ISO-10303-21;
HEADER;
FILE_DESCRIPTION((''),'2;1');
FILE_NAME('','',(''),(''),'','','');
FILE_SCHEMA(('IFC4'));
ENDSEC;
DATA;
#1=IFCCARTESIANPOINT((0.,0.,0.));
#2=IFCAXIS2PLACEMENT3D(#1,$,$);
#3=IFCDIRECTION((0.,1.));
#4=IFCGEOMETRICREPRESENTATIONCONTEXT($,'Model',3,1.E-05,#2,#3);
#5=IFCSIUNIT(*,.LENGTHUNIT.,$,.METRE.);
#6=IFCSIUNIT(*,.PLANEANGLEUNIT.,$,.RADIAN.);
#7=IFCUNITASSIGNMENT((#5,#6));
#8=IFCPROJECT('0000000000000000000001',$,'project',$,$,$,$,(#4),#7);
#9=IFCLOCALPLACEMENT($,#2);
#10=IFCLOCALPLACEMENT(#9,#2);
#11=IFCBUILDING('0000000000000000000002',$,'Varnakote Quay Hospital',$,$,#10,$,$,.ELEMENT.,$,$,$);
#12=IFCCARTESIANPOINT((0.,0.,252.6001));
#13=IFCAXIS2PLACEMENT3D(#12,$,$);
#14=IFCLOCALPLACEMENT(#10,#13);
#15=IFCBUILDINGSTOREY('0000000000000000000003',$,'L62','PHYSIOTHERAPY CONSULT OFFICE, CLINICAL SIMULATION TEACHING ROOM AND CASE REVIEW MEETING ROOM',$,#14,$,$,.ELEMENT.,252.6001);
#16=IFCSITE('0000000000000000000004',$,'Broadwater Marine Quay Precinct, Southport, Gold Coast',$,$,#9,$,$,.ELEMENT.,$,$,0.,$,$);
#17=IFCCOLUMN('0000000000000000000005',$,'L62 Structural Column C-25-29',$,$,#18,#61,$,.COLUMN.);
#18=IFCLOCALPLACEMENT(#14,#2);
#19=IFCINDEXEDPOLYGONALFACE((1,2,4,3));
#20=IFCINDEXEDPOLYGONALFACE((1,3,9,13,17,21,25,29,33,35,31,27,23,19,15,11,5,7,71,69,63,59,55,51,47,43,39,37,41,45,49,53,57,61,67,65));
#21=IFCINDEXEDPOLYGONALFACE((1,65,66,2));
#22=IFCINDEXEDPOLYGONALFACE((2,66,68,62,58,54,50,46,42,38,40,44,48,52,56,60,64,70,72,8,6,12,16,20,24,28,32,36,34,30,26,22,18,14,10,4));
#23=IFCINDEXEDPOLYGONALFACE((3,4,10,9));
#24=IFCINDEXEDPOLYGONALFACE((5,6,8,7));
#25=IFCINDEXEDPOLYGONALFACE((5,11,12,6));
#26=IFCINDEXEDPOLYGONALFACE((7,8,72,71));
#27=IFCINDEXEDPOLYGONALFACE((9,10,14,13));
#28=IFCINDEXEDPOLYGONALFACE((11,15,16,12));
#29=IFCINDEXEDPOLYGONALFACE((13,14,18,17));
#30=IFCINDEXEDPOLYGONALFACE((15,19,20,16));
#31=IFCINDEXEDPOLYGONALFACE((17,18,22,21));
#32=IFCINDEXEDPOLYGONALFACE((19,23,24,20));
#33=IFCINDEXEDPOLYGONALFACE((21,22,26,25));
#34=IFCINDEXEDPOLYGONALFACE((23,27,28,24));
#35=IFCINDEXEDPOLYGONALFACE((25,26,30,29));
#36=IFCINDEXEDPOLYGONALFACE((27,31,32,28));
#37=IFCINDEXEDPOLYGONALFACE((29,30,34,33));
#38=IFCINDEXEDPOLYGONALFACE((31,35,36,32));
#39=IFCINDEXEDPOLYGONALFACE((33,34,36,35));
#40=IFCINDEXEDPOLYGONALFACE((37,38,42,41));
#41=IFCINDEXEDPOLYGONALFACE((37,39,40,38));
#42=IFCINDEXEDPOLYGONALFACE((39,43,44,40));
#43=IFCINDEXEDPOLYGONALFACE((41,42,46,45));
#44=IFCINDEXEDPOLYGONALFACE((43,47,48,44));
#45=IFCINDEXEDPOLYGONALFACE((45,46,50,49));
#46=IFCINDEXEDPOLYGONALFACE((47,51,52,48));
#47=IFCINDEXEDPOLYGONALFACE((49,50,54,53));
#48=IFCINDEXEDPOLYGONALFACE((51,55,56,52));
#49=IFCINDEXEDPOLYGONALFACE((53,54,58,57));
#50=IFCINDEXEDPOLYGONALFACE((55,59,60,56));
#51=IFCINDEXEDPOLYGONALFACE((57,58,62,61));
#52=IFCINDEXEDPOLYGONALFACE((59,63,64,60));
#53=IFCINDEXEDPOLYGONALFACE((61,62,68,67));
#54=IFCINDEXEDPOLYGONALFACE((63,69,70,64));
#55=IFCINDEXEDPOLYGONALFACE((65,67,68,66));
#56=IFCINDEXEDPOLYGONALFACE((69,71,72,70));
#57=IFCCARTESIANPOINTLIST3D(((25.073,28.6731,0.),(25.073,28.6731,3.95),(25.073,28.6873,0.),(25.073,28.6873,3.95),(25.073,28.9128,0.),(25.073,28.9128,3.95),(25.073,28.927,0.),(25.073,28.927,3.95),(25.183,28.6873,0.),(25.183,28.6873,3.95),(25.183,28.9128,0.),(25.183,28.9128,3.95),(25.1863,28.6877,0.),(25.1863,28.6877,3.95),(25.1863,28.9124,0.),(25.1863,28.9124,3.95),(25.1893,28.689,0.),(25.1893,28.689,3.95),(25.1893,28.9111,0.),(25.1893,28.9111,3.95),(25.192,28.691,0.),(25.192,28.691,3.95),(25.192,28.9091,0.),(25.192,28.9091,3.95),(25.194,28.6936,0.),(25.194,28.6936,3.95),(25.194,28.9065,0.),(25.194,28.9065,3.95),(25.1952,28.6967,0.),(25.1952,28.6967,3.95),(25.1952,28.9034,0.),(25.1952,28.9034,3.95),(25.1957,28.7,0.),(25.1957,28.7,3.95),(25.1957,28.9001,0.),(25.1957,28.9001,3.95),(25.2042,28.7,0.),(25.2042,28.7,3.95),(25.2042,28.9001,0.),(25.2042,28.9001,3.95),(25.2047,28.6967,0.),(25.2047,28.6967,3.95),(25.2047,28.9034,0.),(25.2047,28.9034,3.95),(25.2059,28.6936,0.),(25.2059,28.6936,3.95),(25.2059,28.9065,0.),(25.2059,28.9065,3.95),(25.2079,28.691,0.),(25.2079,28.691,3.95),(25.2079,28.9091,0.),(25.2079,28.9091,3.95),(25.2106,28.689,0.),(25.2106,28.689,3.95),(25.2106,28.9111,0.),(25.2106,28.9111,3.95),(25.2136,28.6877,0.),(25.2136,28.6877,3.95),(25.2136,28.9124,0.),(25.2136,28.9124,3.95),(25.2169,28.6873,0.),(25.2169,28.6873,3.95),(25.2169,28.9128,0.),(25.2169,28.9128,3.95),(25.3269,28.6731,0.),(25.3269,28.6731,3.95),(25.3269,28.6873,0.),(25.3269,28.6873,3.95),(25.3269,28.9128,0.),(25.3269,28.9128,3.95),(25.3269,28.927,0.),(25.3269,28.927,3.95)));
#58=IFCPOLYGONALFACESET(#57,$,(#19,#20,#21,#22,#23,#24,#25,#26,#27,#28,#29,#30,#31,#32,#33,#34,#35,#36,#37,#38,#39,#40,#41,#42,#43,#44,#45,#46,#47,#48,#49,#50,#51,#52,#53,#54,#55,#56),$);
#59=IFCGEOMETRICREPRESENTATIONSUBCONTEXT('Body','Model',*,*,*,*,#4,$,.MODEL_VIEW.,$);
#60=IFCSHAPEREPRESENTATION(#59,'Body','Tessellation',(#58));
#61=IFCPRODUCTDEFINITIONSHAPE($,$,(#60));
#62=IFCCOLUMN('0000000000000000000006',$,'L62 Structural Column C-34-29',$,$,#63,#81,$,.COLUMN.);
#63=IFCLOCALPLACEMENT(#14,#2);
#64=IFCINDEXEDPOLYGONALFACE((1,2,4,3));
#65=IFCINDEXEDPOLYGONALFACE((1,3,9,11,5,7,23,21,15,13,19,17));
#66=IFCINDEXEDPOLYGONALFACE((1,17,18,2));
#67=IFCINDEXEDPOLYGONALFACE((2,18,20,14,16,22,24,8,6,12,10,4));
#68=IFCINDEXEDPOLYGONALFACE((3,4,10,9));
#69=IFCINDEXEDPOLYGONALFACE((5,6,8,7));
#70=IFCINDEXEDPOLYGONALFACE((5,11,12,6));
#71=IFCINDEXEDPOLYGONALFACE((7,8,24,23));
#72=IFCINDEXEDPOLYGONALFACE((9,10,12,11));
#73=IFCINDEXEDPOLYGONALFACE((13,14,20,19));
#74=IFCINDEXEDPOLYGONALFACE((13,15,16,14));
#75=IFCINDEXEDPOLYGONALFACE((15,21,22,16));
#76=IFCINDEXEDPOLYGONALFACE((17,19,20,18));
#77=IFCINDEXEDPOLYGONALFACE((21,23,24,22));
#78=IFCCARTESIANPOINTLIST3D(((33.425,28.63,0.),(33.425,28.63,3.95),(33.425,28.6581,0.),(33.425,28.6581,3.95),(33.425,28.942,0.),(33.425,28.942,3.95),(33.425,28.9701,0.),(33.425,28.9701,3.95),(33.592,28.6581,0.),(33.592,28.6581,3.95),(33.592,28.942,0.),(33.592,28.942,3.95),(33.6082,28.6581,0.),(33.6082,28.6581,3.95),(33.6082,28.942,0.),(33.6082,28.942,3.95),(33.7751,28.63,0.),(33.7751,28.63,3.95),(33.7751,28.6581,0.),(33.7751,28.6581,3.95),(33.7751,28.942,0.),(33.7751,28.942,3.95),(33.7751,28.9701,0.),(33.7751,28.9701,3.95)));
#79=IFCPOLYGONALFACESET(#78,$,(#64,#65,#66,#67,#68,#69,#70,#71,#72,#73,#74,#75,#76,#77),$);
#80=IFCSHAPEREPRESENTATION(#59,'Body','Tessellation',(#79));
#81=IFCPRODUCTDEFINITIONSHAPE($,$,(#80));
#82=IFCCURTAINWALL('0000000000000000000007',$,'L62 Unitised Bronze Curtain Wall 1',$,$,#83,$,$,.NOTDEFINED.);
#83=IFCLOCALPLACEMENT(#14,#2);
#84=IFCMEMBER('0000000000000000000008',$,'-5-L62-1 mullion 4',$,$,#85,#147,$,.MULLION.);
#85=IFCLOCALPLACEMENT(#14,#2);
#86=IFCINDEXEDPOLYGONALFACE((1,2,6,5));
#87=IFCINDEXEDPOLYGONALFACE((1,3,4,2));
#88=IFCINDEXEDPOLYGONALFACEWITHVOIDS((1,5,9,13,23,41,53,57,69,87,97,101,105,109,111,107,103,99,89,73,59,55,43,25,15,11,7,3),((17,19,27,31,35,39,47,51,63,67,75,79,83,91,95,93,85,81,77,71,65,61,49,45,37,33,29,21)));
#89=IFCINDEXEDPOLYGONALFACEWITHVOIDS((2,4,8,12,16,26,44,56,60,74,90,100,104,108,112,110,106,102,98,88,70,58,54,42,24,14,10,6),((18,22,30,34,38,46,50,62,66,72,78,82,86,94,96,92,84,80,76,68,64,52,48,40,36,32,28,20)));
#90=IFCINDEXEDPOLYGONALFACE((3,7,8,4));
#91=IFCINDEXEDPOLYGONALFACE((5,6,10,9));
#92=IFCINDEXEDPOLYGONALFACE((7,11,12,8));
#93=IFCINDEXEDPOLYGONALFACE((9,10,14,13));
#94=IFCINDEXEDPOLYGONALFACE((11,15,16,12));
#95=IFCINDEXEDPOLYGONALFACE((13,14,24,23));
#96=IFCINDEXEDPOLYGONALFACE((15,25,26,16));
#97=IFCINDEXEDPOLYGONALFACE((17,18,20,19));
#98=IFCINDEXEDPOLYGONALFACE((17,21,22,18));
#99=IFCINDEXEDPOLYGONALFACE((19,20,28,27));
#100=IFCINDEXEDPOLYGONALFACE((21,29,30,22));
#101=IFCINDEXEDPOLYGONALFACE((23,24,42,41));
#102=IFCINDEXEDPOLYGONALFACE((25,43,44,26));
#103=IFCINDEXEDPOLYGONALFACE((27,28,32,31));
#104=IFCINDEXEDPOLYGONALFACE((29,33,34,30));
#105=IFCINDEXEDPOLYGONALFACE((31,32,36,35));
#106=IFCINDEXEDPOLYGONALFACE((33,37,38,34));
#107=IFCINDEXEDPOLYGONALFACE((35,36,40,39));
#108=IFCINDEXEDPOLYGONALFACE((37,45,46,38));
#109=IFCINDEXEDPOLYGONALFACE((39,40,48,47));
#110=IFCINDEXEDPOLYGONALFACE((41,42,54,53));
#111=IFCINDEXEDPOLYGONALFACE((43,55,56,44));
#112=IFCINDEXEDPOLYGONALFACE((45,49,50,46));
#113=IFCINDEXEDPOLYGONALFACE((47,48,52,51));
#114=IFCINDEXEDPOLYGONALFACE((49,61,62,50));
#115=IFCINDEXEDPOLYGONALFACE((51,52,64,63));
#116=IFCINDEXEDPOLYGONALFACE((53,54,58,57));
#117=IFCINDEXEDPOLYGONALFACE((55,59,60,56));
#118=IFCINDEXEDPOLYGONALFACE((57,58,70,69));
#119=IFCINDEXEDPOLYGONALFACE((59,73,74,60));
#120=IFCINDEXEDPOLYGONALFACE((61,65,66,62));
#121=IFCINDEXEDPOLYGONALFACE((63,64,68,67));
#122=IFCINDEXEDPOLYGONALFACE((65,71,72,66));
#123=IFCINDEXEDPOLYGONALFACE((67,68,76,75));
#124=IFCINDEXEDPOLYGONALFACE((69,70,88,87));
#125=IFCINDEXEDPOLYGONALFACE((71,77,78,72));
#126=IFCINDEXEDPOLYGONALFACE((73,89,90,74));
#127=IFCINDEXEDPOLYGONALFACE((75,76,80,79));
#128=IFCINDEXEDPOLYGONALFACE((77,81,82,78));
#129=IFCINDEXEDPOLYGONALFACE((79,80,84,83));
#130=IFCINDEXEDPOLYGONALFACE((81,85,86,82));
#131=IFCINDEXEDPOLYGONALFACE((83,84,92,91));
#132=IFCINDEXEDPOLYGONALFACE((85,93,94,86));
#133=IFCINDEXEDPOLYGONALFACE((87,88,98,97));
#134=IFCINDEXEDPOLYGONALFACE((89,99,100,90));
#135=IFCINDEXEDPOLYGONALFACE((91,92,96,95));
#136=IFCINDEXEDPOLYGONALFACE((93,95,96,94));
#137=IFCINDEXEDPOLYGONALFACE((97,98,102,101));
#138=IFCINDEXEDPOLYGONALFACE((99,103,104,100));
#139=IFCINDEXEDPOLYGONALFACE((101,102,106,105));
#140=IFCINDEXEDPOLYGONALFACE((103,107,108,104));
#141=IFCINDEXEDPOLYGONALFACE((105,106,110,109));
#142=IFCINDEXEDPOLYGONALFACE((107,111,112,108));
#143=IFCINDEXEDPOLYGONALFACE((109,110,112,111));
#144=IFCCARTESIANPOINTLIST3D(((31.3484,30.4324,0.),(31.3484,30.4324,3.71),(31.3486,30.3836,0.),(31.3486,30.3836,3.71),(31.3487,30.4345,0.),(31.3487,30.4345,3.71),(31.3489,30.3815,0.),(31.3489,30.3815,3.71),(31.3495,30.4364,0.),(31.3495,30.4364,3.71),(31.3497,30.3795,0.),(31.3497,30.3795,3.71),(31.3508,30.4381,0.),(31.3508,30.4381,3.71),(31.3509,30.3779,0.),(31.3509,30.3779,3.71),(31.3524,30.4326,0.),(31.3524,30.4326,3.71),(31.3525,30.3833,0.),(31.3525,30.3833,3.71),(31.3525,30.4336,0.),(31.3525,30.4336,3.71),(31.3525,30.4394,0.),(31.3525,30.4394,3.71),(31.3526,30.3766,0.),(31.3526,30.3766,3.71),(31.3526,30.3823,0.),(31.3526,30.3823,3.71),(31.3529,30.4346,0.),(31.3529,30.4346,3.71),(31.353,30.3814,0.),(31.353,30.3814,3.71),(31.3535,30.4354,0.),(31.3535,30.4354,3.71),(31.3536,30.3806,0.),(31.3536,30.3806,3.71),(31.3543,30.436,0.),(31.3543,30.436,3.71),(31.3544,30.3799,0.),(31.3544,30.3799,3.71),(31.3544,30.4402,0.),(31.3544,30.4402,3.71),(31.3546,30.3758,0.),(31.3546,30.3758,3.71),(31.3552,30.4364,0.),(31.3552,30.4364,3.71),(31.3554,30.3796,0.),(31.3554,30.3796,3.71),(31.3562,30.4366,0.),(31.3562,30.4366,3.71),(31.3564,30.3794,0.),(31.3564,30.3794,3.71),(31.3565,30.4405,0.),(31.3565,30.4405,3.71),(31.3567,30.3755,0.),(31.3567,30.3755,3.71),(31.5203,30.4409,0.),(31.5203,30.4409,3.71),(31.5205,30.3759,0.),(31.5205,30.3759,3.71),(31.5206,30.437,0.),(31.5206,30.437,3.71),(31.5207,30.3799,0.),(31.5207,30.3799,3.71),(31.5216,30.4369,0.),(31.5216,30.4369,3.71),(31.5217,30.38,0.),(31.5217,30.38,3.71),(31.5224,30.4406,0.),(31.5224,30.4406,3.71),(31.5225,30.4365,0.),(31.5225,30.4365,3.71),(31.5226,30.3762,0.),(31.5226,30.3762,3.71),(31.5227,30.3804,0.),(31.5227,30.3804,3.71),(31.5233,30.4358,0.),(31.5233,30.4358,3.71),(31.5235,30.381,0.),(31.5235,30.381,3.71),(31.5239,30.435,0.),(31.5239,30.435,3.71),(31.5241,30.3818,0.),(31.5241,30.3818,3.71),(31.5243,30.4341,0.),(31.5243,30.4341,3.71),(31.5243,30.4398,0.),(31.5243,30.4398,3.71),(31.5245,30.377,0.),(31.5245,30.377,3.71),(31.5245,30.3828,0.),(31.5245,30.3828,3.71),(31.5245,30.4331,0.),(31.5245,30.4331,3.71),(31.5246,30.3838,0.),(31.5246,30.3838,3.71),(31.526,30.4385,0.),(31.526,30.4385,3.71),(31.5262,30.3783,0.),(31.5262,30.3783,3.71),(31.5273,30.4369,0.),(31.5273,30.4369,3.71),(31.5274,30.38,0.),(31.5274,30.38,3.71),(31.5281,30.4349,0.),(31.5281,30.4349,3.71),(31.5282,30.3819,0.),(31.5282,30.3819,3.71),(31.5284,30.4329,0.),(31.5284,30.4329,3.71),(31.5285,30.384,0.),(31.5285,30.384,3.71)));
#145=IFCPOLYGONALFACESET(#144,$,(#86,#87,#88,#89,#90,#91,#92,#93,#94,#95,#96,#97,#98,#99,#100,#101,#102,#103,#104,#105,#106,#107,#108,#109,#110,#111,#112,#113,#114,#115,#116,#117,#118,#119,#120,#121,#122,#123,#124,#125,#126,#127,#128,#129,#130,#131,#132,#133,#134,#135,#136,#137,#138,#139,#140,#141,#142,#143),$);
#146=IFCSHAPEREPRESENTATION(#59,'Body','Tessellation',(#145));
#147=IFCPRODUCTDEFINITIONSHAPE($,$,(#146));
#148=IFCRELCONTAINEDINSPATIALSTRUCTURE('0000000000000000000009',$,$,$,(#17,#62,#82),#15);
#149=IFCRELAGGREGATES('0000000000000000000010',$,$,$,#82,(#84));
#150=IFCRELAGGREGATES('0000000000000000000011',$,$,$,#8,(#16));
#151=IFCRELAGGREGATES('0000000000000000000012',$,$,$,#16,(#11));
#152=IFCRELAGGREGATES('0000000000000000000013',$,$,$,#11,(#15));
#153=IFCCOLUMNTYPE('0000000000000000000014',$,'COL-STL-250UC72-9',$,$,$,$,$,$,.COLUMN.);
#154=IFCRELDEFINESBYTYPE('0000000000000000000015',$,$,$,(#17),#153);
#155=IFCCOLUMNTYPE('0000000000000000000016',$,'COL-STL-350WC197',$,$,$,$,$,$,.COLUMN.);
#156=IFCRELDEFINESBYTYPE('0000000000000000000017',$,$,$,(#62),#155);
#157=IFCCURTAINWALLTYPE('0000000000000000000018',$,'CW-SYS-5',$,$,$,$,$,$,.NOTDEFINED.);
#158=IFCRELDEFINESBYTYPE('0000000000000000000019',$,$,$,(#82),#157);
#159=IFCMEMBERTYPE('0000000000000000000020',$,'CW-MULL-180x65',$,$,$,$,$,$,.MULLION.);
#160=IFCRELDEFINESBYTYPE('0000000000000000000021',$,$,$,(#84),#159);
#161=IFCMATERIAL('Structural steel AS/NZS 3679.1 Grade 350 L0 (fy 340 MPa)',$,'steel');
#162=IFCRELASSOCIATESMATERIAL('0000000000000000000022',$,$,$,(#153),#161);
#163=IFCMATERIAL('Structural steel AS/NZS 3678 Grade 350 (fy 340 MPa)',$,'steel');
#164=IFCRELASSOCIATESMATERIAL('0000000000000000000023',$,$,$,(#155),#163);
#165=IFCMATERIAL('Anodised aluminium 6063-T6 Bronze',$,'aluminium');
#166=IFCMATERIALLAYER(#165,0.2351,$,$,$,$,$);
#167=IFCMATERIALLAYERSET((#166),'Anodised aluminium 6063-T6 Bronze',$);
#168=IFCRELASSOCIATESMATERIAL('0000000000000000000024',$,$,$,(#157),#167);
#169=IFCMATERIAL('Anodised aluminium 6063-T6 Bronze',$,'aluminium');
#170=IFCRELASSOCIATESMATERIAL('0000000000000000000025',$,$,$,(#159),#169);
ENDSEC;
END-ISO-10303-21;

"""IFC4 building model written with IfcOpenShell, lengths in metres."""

from ifc_helpers import new_model, si_unit, direction, frame, origin, origin_2d, place, context, subcontext, project, spatial, hollow_rectangle, i_section, extrude, material, layer, layer_set, material_profile, profile_set, type_object, element, aggregate, save


model = new_model("IFC4")

# Units and contexts
model_context = context("Model", 3, precision=1e-05, world=origin(), true_north=direction((0.0, 1.0)))
body_context = subcontext(model_context, "Body", "Model", "MODEL_VIEW")
ifc_project = project(units=[si_unit("LENGTHUNIT", "METRE"), si_unit("PLANEANGLEUNIT", "RADIAN")], contexts=[model_context])

# Site, building, storey
site_placement = place(None, origin())
site = spatial("IfcSite", under=ifc_project, at=site_placement, Name="Broadwater Marine Quay Precinct, Southport, Gold Coast", CompositionType="ELEMENT", RefElevation=0.0)
building_placement = place(site_placement, origin())
building = spatial("IfcBuilding", under=site, at=building_placement, Name="Varnakote Quay Hospital", CompositionType="ELEMENT")
storey_placement = place(building_placement, frame((0.0, 0.0, 252.6001)))
storey = spatial("IfcBuildingStorey", under=building, at=storey_placement, Name="L62", Description="PHYSIOTHERAPY CONSULT OFFICE, CLINICAL SIMULATION TEACHING ROOM AND CASE REVIEW MEETING ROOM", CompositionType="ELEMENT", Elevation=252.6001)

# Columns
ifc_material_1 = material(Name="Structural steel AS/NZS 3679.1 Grade 350 L0 (fy 340 MPa)", Category="steel")
ifc_material_profile_1 = material_profile(ifc_material_1, i_section(OverallWidth=0.2539, OverallDepth=0.2539, WebThickness=0.0085, FlangeThickness=0.0142, FilletRadius=0.0127, at=origin_2d()), Name="250UC72.9")
ifc_profile_set_1 = profile_set([ifc_material_profile_1], Name="Structural steel AS/NZS 3679.1 Grade 350 L0 (fy 340 MPa)")
column_type_1 = type_object("IfcColumnType", Name="COL-STL-250UC72-9", PredefinedType="COLUMN", material=ifc_profile_set_1)
column_1_placement = place(storey_placement, frame((25.2, 28.8, 0.0), z_axis=(0.0, 0.0, 1.0), x_axis=(1.0, 0.0, 0.0)))
element("IfcColumn", 1, at=column_1_placement, inside=storey, type_object=column_type_1, Name="L62 Structural Column C-25-29", PredefinedType="COLUMN", context=body_context, shape_type="SweptSolid", body=[
    extrude(i_section(OverallWidth=0.2539, OverallDepth=0.2539, WebThickness=0.0085, FlangeThickness=0.0142, FilletRadius=0.0127, at=origin_2d()), origin(), (0.0, 0.0, 1.0), 3.95),
])
ifc_material_2 = material(Name="Structural steel AS/NZS 3678 Grade 350 (fy 340 MPa)", Category="steel")
ifc_material_profile_2 = material_profile(ifc_material_2, i_section(OverallWidth=0.3501, OverallDepth=0.3401, WebThickness=0.0161, FlangeThickness=0.0281, at=origin_2d()), Name="350WC197")
ifc_profile_set_2 = profile_set([ifc_material_profile_2], Name="Structural steel AS/NZS 3678 Grade 350 (fy 340 MPa)")
column_type_2 = type_object("IfcColumnType", Name="COL-STL-350WC197", PredefinedType="COLUMN", material=ifc_profile_set_2)
column_2_placement = place(storey_placement, frame((33.6001, 28.8, 0.0), z_axis=(0.0, 0.0, 1.0), x_axis=(1.0, 0.0, 0.0)))
element("IfcColumn", 2, at=column_2_placement, inside=storey, type_object=column_type_2, Name="L62 Structural Column C-34-29", PredefinedType="COLUMN", context=body_context, shape_type="SweptSolid", body=[
    extrude(i_section(OverallWidth=0.3501, OverallDepth=0.3401, WebThickness=0.0161, FlangeThickness=0.0281, at=origin_2d()), origin(), (0.0, 0.0, 1.0), 3.95),
])

# Curtain wall, member
ifc_material_3 = material(Name="Anodised aluminium 6063-T6 Bronze", Category="aluminium")
ifc_layer_1 = layer(ifc_material_3, 0.2351)
ifc_layer_set_1 = layer_set([ifc_layer_1], Name="Anodised aluminium 6063-T6 Bronze")
curtain_wall_type = type_object("IfcCurtainWallType", Name="CW-SYS-5", PredefinedType="NOTDEFINED", material=ifc_layer_set_1)
curtain_wall_1_placement = place(storey_placement, origin())
curtain_wall_1 = element("IfcCurtainWall", 3, at=curtain_wall_1_placement, inside=storey, type_object=curtain_wall_type, Name="L62 Unitised Bronze Curtain Wall 1", PredefinedType="NOTDEFINED")
ifc_material_4 = material(Name="Anodised aluminium 6063-T6 Bronze", Category="aluminium")
ifc_material_profile_3 = material_profile(ifc_material_4, hollow_rectangle(XDim=0.0649, YDim=0.1799, WallThickness=0.0039, InnerFilletRadius=0.0039, OuterFilletRadius=0.0081, at=origin_2d()), Name="CW-MULL-180x65")
ifc_profile_set_3 = profile_set([ifc_material_profile_3], Name="Anodised aluminium 6063-T6 Bronze")
member_type_1 = type_object("IfcMemberType", Name="CW-MULL-180x65", PredefinedType="MULLION", material=ifc_profile_set_3)
member_1_placement = place(storey_placement, frame((31.4385, 30.4082, 0.0), z_axis=(0.0, 0.0, 1.0), x_axis=(0.002604, -0.999997, 0.0)))
member_1 = element("IfcMember", 4, at=member_1_placement, type_object=member_type_1, Name="-5-L62-1 mullion 4", PredefinedType="MULLION", context=body_context, shape_type="SweptSolid", body=[
    extrude(hollow_rectangle(XDim=0.0649, YDim=0.1799, WallThickness=0.0039, InnerFilletRadius=0.0039, OuterFilletRadius=0.0081, at=origin_2d()), origin(), (0.0, 0.0, 1.0), 3.71),
])

aggregate(curtain_wall_1, [member_1])

save(model, "model.ifc")
